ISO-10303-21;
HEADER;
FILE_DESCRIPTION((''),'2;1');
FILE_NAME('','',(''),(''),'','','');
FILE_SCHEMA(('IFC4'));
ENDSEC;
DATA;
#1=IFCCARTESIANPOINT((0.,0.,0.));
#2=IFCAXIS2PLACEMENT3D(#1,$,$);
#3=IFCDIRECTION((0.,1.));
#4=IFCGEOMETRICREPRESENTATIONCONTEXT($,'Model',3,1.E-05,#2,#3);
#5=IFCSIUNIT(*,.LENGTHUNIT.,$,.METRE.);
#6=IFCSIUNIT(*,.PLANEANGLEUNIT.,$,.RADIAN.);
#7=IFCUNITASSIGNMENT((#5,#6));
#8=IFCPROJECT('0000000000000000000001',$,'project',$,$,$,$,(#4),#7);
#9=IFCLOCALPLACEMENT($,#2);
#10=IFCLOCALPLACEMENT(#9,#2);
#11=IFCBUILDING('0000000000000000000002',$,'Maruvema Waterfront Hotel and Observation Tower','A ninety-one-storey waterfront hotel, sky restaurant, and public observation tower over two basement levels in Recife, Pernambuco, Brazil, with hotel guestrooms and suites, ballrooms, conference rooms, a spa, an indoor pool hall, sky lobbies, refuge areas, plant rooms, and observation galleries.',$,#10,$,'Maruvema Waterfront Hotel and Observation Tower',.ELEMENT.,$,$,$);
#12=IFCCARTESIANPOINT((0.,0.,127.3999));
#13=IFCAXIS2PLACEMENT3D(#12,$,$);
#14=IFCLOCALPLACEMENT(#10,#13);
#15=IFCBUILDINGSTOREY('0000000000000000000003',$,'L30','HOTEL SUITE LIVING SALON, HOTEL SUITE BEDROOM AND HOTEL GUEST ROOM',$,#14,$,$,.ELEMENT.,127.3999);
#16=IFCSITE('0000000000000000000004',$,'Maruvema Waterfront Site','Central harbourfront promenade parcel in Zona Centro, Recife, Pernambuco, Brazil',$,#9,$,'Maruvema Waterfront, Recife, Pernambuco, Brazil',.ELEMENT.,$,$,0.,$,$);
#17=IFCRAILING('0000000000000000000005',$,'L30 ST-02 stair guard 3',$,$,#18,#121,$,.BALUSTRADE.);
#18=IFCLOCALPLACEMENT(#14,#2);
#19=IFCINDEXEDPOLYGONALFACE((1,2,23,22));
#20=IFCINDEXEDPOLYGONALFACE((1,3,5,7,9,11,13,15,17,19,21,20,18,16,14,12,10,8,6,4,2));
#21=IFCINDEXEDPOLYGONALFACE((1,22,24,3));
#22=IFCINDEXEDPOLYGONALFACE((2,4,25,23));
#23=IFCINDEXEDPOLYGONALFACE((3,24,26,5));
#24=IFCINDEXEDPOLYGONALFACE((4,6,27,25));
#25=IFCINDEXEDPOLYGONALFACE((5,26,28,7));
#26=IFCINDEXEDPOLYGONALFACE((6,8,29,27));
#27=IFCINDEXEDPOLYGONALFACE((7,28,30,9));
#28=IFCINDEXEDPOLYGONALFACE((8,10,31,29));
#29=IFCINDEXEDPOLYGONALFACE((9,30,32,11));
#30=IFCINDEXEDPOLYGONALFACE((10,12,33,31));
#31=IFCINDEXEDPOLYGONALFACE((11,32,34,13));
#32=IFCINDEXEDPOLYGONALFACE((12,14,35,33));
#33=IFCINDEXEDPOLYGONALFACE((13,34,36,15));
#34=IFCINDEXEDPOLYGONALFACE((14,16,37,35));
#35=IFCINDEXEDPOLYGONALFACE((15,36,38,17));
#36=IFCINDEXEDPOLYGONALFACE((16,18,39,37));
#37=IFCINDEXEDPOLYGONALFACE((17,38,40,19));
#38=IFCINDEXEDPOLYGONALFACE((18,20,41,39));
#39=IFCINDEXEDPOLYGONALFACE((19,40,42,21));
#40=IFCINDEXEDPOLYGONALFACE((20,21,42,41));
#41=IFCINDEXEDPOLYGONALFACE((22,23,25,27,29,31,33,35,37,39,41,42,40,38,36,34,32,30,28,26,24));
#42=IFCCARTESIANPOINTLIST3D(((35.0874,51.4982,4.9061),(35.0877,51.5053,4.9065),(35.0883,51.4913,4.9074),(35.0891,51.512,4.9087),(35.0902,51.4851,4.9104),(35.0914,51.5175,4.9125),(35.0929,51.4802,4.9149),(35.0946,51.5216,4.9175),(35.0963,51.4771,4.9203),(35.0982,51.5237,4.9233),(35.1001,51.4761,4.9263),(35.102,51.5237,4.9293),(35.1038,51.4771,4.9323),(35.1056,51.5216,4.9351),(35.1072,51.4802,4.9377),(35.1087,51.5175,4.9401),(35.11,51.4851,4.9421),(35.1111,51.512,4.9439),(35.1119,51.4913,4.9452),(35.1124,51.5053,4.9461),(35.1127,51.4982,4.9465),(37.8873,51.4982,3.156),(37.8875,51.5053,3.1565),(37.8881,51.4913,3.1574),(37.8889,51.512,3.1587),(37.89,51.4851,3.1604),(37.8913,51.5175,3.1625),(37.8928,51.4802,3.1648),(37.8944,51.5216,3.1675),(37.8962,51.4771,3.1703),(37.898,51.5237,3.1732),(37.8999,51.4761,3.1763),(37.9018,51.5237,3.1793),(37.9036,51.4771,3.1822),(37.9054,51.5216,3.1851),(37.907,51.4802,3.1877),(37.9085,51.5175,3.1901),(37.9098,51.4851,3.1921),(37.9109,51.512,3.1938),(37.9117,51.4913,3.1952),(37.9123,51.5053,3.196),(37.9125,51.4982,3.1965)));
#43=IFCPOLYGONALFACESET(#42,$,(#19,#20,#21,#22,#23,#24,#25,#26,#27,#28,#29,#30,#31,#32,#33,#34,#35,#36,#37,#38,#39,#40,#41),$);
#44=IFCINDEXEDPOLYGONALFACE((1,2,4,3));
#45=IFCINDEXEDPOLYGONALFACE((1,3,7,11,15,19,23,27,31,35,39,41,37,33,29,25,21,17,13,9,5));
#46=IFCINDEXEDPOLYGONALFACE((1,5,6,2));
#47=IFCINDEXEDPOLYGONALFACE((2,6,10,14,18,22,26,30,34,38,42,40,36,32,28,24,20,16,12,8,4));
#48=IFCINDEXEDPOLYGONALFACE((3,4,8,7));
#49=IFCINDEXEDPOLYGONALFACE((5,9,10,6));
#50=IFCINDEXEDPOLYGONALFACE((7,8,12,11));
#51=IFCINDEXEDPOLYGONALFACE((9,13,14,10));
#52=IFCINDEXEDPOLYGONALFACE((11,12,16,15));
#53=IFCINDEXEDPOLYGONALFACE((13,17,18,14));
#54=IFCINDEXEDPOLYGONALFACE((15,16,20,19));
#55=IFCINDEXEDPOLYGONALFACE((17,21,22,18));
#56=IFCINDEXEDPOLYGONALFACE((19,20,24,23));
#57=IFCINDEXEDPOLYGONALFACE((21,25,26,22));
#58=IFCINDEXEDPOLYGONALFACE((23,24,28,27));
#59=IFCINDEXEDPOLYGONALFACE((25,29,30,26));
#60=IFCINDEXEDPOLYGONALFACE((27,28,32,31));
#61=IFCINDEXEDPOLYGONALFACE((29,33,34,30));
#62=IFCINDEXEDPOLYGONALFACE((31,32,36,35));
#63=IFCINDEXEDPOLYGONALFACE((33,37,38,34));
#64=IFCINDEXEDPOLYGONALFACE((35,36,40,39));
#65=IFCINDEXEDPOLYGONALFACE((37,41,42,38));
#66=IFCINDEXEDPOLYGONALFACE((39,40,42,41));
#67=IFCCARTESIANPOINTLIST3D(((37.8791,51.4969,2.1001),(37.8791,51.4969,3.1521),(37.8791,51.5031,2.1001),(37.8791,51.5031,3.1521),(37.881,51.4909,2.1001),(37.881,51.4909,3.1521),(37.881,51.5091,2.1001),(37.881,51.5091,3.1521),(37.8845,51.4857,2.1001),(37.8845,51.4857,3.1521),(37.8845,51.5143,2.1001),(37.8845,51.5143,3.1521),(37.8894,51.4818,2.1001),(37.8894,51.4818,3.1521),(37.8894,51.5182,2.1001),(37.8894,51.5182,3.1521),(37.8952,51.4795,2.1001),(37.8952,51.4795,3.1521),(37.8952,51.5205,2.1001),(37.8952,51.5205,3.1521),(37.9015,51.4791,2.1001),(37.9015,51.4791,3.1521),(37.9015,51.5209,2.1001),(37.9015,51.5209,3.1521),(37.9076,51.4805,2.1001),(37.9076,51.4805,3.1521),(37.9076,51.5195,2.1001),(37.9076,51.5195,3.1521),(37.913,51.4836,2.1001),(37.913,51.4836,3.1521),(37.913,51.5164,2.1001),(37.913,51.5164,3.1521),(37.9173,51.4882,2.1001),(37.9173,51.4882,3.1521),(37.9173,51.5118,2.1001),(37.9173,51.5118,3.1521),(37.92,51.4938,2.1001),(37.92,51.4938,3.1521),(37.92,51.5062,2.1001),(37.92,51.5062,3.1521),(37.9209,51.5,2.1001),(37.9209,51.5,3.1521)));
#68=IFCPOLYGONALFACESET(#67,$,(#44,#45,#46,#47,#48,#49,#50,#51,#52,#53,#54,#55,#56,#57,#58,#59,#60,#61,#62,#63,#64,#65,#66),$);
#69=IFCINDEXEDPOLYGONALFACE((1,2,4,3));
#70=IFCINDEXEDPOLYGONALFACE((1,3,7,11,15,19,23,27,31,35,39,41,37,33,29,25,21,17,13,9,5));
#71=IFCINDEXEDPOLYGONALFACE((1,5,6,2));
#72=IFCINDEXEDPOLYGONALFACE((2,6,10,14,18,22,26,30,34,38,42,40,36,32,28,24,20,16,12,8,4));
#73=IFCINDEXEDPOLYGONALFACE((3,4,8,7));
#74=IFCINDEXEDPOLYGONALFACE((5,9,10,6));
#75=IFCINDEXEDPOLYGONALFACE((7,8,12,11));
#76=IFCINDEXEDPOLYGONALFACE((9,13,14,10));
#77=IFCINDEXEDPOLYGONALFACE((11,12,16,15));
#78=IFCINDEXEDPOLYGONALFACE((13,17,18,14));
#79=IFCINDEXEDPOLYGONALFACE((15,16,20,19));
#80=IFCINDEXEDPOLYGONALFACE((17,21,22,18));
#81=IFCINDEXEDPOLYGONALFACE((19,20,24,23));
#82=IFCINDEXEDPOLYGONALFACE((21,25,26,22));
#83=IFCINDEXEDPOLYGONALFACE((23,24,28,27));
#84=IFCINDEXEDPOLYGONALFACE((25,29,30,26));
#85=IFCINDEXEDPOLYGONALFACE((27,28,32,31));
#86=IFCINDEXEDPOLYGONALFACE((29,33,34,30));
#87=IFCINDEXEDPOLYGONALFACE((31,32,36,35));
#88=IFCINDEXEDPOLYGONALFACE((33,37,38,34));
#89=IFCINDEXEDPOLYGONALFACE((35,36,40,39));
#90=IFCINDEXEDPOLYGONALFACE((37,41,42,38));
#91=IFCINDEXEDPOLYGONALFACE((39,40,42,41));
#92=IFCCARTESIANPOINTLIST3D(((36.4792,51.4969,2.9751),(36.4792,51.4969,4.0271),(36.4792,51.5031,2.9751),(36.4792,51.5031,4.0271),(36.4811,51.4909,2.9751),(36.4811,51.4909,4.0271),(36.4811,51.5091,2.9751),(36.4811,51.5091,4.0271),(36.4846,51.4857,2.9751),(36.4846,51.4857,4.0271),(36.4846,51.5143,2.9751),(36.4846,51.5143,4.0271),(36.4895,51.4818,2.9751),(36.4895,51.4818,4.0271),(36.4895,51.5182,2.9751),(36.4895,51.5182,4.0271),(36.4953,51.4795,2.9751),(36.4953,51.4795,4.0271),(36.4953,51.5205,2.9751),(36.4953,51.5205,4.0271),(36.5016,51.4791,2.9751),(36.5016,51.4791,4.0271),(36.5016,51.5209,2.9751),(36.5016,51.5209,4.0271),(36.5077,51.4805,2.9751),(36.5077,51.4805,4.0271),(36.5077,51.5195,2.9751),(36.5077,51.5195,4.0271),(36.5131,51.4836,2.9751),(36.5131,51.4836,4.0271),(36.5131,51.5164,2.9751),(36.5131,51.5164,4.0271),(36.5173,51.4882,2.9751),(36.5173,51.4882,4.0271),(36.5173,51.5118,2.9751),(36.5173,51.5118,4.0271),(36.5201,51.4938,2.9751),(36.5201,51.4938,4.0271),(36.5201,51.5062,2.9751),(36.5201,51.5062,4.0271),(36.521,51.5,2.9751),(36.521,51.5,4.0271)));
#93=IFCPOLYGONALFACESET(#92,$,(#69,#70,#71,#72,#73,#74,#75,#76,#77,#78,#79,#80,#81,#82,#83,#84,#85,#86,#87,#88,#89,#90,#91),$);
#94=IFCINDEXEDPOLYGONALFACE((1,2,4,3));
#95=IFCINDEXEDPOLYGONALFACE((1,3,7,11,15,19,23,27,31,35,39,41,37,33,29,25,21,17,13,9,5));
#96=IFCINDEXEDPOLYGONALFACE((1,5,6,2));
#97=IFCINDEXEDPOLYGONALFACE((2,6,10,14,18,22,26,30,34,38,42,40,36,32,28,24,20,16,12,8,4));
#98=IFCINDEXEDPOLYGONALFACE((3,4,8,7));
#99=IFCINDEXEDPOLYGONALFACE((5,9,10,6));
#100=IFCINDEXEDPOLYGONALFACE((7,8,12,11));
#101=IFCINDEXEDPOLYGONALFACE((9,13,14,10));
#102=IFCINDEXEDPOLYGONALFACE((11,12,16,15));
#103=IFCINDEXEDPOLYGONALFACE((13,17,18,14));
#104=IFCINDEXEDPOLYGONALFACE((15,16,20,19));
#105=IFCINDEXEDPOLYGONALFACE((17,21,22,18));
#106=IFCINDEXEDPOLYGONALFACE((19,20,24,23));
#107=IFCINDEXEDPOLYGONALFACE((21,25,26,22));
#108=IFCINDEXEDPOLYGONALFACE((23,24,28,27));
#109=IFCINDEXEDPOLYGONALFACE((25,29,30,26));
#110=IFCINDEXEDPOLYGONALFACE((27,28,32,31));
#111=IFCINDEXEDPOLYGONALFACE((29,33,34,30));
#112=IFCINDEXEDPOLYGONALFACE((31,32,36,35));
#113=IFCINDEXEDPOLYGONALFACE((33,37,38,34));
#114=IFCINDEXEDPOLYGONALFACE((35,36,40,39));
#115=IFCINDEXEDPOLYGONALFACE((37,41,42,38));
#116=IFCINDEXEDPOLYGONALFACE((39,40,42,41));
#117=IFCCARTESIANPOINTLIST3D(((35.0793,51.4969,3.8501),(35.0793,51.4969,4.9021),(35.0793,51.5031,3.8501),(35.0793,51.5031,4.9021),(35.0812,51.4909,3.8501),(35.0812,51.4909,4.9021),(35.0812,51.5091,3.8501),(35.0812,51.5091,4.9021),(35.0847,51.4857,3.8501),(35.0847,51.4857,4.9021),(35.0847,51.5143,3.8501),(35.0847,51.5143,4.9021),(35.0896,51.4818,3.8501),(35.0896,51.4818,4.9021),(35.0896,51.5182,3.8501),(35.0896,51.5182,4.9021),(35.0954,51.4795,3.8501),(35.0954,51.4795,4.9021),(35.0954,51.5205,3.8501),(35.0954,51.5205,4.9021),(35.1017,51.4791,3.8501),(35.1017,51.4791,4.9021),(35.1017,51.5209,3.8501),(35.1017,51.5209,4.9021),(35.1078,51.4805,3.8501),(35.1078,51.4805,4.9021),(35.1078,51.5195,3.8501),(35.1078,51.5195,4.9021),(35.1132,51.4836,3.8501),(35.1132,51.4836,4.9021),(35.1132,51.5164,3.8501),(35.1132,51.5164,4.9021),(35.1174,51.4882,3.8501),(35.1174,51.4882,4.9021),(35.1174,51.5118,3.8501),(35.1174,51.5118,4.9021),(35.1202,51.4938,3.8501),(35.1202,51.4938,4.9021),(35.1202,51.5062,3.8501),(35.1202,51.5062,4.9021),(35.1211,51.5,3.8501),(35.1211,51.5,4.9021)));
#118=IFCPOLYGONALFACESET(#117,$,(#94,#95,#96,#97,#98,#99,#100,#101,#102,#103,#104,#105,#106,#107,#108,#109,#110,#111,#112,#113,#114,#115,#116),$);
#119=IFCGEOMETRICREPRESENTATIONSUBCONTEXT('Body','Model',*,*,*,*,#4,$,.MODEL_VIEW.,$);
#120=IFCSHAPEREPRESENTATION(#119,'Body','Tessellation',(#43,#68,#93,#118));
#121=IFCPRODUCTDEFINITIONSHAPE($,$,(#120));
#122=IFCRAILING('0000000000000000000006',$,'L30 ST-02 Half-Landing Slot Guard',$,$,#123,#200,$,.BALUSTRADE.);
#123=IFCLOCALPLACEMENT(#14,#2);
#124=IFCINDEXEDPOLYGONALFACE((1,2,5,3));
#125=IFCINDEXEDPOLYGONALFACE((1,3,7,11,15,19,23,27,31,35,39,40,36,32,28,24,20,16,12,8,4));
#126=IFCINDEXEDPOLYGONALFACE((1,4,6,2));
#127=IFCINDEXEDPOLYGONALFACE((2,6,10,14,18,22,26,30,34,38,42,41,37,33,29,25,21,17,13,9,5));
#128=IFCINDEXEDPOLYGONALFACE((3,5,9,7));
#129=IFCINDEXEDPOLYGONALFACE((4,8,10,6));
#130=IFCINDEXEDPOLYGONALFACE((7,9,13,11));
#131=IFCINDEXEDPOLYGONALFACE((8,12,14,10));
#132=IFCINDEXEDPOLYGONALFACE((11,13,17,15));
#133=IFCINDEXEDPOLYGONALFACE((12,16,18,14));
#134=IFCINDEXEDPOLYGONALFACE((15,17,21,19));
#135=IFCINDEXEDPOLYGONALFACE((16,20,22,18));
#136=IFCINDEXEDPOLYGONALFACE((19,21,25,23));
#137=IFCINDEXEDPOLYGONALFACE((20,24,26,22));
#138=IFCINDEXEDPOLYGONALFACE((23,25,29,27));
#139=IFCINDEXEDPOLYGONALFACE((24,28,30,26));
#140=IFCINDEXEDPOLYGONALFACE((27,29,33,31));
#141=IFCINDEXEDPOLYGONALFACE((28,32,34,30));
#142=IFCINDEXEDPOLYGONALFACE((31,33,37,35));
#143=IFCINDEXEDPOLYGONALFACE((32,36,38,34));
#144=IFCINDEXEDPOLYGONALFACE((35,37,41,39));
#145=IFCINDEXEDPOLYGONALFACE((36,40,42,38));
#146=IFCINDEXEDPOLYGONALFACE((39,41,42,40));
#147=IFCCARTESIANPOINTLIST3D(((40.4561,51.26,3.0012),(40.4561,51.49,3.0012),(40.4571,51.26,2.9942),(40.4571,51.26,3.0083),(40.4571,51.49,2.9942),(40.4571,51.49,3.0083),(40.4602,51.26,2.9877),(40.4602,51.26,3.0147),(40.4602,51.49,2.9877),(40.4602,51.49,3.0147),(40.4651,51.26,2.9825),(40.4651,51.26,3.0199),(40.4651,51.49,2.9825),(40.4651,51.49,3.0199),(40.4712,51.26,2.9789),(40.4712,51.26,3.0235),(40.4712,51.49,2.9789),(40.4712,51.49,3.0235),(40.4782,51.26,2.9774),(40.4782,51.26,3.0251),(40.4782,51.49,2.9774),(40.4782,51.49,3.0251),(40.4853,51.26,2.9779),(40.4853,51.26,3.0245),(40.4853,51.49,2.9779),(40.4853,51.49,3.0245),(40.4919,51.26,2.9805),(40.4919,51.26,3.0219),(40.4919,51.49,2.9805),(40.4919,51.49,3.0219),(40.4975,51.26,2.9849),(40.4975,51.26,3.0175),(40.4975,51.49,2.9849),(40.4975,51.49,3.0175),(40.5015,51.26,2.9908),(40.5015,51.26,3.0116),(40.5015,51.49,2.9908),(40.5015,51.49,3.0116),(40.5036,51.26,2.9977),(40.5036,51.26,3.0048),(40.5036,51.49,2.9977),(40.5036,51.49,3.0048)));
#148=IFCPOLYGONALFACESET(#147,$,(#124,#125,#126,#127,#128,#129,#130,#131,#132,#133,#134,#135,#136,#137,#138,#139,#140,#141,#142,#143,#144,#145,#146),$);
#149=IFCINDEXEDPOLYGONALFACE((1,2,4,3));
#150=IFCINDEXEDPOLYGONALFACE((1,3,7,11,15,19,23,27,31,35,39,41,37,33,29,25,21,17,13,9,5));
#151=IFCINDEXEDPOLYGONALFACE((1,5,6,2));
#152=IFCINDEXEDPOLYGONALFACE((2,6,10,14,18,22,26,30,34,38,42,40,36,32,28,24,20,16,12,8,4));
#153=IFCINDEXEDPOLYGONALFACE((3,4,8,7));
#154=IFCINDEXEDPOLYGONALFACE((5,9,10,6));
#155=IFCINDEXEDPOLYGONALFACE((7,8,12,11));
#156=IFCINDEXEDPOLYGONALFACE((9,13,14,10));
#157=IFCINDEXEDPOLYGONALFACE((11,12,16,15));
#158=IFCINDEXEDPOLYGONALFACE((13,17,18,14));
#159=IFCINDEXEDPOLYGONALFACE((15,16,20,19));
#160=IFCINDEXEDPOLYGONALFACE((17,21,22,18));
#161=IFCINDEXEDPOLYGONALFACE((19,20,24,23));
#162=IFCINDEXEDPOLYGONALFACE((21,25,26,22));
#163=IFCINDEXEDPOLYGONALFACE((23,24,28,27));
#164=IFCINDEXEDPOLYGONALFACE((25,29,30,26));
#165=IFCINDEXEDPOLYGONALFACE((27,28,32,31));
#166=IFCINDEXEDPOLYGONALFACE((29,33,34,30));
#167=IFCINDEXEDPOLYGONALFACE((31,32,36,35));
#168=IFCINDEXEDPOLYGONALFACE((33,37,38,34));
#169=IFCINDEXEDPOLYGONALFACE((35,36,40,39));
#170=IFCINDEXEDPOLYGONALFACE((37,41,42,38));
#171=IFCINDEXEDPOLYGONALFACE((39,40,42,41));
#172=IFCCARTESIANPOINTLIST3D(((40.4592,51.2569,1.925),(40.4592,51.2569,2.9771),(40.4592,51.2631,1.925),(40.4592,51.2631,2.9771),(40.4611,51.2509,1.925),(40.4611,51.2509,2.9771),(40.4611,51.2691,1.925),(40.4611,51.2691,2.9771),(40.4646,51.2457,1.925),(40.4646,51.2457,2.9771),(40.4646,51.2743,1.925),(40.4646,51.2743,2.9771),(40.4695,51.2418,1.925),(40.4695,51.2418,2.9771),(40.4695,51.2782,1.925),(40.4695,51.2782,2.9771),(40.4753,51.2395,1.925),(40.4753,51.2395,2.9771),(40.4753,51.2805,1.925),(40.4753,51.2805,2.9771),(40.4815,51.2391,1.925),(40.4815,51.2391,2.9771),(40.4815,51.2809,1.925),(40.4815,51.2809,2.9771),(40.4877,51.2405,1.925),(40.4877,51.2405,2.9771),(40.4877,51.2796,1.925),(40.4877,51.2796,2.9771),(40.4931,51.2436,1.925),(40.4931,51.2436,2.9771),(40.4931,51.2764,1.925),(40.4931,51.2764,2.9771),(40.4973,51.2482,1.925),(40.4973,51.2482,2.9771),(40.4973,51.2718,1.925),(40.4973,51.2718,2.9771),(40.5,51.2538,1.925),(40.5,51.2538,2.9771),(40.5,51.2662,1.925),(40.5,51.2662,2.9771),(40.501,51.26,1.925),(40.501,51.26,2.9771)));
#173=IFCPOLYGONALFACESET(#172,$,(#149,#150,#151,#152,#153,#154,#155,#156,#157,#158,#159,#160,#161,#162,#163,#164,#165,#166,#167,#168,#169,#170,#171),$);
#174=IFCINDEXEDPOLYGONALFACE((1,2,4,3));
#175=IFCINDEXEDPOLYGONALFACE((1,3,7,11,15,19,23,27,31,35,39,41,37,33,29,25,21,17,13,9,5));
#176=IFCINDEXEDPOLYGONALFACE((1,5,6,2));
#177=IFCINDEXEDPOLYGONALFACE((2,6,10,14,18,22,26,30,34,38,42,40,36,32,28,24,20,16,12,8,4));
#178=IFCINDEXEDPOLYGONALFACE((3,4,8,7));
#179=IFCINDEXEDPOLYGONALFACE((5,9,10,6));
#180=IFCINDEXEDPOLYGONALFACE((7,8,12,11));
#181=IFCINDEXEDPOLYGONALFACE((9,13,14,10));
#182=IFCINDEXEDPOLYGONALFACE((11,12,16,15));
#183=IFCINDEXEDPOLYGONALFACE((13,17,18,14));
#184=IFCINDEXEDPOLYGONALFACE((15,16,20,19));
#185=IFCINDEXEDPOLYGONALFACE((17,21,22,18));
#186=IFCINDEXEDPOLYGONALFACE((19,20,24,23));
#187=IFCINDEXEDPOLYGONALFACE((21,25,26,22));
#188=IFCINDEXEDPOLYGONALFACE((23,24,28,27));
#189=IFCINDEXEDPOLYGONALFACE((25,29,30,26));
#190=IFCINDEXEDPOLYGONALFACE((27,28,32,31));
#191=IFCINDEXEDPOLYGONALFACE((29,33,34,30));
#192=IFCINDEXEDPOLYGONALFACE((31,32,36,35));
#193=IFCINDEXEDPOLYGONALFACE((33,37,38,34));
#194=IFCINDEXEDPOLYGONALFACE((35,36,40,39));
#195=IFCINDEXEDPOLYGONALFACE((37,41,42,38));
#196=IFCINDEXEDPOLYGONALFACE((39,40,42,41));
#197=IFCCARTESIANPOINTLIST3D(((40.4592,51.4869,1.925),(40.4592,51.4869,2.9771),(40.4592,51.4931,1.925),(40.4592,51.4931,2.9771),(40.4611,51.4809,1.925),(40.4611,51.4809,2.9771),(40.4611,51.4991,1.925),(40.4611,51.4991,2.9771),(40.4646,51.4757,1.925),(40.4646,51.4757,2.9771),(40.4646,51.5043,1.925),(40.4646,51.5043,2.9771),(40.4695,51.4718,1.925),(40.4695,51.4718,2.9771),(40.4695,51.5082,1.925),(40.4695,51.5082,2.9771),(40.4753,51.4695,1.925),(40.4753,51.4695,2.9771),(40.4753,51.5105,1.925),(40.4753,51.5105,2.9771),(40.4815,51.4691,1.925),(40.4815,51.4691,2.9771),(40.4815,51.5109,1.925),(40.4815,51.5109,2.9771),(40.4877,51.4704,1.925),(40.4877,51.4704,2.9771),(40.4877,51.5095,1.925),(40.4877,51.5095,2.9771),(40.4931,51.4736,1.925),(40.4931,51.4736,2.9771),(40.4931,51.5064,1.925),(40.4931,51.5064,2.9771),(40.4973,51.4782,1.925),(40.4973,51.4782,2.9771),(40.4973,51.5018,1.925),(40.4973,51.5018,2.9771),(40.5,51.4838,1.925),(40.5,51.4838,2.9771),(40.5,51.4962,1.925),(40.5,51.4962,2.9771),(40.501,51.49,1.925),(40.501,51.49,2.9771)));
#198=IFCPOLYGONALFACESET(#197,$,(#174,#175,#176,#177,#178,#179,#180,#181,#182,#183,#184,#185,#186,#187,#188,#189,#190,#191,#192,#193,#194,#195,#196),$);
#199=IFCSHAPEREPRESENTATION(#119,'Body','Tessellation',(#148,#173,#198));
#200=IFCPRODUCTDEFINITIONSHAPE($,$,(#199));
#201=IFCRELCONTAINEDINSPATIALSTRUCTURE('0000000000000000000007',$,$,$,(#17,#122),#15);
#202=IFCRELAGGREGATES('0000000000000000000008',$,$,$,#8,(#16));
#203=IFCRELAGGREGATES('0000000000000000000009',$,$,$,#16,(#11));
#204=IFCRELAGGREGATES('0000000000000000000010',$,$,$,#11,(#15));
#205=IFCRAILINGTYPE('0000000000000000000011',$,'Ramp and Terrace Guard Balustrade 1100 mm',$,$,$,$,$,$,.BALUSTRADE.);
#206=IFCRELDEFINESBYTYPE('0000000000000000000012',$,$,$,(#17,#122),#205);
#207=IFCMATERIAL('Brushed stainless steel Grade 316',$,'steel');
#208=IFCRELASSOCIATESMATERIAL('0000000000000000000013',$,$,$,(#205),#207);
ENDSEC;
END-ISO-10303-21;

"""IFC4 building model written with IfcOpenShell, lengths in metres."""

from ifc_helpers import new_model, si_unit, direction, frame, origin, origin_2d, place, context, subcontext, project, spatial, circle, extrude, material, type_object, element, save


model = new_model("IFC4")

# Units and contexts
model_context = context("Model", 3, precision=1e-05, world=origin(), true_north=direction((0.0, 1.0)))
body_context = subcontext(model_context, "Body", "Model", "MODEL_VIEW")
ifc_project = project(units=[si_unit("LENGTHUNIT", "METRE"), si_unit("PLANEANGLEUNIT", "RADIAN")], contexts=[model_context])

# Site, building, storey
site_placement = place(None, origin())
site = spatial("IfcSite", under=ifc_project, at=site_placement, Name="Maruvema Waterfront Site", Description="Central harbourfront promenade parcel in Zona Centro, Recife, Pernambuco, Brazil", LongName="Maruvema Waterfront, Recife, Pernambuco, Brazil", CompositionType="ELEMENT", RefElevation=0.0)
building_placement = place(site_placement, origin())
building = spatial("IfcBuilding", under=site, at=building_placement, Name="Maruvema Waterfront Hotel and Observation Tower", Description="A ninety-one-storey waterfront hotel, sky restaurant, and public observation tower over two basement levels in Recife, Pernambuco, Brazil, with hotel guestrooms and suites, ballrooms, conference rooms, a spa, an indoor pool hall, sky lobbies, refuge areas, plant rooms, and observation galleries.", LongName="Maruvema Waterfront Hotel and Observation Tower", CompositionType="ELEMENT")
storey_placement = place(building_placement, frame((0.0, 0.0, 127.3999)))
storey = spatial("IfcBuildingStorey", under=building, at=storey_placement, Name="L30", Description="HOTEL SUITE LIVING SALON, HOTEL SUITE BEDROOM AND HOTEL GUEST ROOM", CompositionType="ELEMENT", Elevation=127.3999)

# Railings
ifc_material_1 = material(Name="Brushed stainless steel Grade 316", Category="steel")
railing_type_1 = type_object("IfcRailingType", Name="Ramp and Terrace Guard Balustrade 1100 mm", PredefinedType="BALUSTRADE", material=ifc_material_1)
railing_1_placement = place(storey_placement, frame((37.8999, 51.5, 2.1001)))
element("IfcRailing", 1, at=railing_1_placement, inside=storey, type_object=railing_type_1, Name="L30 ST-02 stair guard 3", PredefinedType="BALUSTRADE", context=body_context, shape_type="SweptSolid", body=[
    extrude(circle(Radius=0.0239, at=origin_2d()), frame((0.0, 0.0, 1.0762), z_axis=(-0.847982, 0.0, 0.530026), x_axis=(0.0, -1.0, 0.0)), (0.0, 0.0, 1.0), 3.3018),
    extrude(circle(Radius=0.021, at=origin_2d()), origin(), (0.0, 0.0, 1.0), 1.052),
    extrude(circle(Radius=0.021, at=origin_2d()), frame((-1.3999, 0.0, 0.875)), (0.0, 0.0, 1.0), 1.052),
    extrude(circle(Radius=0.021, at=origin_2d()), frame((-2.7998, 0.0, 1.75)), (0.0, 0.0, 1.0), 1.052),
])
railing_2_placement = place(storey_placement, frame((40.48, 51.26, 1.925)))
element("IfcRailing", 2, at=railing_2_placement, inside=storey, type_object=railing_type_1, Name="L30 ST-02 Half-Landing Slot Guard", PredefinedType="BALUSTRADE", context=body_context, shape_type="SweptSolid", body=[
    extrude(circle(Radius=0.0239, at=origin_2d()), frame((0.0, 0.0, 1.0762), z_axis=(0.0, 1.0, 0.0), x_axis=(-1.0, 0.0, 0.0)), (0.0, 0.0, 1.0), 0.23),
    extrude(circle(Radius=0.021, at=origin_2d()), origin(), (0.0, 0.0, 1.0), 1.052),
    extrude(circle(Radius=0.021, at=origin_2d()), frame((0.0, 0.23, 0.0)), (0.0, 0.0, 1.0), 1.052),
])

save(model, "model.ifc")
